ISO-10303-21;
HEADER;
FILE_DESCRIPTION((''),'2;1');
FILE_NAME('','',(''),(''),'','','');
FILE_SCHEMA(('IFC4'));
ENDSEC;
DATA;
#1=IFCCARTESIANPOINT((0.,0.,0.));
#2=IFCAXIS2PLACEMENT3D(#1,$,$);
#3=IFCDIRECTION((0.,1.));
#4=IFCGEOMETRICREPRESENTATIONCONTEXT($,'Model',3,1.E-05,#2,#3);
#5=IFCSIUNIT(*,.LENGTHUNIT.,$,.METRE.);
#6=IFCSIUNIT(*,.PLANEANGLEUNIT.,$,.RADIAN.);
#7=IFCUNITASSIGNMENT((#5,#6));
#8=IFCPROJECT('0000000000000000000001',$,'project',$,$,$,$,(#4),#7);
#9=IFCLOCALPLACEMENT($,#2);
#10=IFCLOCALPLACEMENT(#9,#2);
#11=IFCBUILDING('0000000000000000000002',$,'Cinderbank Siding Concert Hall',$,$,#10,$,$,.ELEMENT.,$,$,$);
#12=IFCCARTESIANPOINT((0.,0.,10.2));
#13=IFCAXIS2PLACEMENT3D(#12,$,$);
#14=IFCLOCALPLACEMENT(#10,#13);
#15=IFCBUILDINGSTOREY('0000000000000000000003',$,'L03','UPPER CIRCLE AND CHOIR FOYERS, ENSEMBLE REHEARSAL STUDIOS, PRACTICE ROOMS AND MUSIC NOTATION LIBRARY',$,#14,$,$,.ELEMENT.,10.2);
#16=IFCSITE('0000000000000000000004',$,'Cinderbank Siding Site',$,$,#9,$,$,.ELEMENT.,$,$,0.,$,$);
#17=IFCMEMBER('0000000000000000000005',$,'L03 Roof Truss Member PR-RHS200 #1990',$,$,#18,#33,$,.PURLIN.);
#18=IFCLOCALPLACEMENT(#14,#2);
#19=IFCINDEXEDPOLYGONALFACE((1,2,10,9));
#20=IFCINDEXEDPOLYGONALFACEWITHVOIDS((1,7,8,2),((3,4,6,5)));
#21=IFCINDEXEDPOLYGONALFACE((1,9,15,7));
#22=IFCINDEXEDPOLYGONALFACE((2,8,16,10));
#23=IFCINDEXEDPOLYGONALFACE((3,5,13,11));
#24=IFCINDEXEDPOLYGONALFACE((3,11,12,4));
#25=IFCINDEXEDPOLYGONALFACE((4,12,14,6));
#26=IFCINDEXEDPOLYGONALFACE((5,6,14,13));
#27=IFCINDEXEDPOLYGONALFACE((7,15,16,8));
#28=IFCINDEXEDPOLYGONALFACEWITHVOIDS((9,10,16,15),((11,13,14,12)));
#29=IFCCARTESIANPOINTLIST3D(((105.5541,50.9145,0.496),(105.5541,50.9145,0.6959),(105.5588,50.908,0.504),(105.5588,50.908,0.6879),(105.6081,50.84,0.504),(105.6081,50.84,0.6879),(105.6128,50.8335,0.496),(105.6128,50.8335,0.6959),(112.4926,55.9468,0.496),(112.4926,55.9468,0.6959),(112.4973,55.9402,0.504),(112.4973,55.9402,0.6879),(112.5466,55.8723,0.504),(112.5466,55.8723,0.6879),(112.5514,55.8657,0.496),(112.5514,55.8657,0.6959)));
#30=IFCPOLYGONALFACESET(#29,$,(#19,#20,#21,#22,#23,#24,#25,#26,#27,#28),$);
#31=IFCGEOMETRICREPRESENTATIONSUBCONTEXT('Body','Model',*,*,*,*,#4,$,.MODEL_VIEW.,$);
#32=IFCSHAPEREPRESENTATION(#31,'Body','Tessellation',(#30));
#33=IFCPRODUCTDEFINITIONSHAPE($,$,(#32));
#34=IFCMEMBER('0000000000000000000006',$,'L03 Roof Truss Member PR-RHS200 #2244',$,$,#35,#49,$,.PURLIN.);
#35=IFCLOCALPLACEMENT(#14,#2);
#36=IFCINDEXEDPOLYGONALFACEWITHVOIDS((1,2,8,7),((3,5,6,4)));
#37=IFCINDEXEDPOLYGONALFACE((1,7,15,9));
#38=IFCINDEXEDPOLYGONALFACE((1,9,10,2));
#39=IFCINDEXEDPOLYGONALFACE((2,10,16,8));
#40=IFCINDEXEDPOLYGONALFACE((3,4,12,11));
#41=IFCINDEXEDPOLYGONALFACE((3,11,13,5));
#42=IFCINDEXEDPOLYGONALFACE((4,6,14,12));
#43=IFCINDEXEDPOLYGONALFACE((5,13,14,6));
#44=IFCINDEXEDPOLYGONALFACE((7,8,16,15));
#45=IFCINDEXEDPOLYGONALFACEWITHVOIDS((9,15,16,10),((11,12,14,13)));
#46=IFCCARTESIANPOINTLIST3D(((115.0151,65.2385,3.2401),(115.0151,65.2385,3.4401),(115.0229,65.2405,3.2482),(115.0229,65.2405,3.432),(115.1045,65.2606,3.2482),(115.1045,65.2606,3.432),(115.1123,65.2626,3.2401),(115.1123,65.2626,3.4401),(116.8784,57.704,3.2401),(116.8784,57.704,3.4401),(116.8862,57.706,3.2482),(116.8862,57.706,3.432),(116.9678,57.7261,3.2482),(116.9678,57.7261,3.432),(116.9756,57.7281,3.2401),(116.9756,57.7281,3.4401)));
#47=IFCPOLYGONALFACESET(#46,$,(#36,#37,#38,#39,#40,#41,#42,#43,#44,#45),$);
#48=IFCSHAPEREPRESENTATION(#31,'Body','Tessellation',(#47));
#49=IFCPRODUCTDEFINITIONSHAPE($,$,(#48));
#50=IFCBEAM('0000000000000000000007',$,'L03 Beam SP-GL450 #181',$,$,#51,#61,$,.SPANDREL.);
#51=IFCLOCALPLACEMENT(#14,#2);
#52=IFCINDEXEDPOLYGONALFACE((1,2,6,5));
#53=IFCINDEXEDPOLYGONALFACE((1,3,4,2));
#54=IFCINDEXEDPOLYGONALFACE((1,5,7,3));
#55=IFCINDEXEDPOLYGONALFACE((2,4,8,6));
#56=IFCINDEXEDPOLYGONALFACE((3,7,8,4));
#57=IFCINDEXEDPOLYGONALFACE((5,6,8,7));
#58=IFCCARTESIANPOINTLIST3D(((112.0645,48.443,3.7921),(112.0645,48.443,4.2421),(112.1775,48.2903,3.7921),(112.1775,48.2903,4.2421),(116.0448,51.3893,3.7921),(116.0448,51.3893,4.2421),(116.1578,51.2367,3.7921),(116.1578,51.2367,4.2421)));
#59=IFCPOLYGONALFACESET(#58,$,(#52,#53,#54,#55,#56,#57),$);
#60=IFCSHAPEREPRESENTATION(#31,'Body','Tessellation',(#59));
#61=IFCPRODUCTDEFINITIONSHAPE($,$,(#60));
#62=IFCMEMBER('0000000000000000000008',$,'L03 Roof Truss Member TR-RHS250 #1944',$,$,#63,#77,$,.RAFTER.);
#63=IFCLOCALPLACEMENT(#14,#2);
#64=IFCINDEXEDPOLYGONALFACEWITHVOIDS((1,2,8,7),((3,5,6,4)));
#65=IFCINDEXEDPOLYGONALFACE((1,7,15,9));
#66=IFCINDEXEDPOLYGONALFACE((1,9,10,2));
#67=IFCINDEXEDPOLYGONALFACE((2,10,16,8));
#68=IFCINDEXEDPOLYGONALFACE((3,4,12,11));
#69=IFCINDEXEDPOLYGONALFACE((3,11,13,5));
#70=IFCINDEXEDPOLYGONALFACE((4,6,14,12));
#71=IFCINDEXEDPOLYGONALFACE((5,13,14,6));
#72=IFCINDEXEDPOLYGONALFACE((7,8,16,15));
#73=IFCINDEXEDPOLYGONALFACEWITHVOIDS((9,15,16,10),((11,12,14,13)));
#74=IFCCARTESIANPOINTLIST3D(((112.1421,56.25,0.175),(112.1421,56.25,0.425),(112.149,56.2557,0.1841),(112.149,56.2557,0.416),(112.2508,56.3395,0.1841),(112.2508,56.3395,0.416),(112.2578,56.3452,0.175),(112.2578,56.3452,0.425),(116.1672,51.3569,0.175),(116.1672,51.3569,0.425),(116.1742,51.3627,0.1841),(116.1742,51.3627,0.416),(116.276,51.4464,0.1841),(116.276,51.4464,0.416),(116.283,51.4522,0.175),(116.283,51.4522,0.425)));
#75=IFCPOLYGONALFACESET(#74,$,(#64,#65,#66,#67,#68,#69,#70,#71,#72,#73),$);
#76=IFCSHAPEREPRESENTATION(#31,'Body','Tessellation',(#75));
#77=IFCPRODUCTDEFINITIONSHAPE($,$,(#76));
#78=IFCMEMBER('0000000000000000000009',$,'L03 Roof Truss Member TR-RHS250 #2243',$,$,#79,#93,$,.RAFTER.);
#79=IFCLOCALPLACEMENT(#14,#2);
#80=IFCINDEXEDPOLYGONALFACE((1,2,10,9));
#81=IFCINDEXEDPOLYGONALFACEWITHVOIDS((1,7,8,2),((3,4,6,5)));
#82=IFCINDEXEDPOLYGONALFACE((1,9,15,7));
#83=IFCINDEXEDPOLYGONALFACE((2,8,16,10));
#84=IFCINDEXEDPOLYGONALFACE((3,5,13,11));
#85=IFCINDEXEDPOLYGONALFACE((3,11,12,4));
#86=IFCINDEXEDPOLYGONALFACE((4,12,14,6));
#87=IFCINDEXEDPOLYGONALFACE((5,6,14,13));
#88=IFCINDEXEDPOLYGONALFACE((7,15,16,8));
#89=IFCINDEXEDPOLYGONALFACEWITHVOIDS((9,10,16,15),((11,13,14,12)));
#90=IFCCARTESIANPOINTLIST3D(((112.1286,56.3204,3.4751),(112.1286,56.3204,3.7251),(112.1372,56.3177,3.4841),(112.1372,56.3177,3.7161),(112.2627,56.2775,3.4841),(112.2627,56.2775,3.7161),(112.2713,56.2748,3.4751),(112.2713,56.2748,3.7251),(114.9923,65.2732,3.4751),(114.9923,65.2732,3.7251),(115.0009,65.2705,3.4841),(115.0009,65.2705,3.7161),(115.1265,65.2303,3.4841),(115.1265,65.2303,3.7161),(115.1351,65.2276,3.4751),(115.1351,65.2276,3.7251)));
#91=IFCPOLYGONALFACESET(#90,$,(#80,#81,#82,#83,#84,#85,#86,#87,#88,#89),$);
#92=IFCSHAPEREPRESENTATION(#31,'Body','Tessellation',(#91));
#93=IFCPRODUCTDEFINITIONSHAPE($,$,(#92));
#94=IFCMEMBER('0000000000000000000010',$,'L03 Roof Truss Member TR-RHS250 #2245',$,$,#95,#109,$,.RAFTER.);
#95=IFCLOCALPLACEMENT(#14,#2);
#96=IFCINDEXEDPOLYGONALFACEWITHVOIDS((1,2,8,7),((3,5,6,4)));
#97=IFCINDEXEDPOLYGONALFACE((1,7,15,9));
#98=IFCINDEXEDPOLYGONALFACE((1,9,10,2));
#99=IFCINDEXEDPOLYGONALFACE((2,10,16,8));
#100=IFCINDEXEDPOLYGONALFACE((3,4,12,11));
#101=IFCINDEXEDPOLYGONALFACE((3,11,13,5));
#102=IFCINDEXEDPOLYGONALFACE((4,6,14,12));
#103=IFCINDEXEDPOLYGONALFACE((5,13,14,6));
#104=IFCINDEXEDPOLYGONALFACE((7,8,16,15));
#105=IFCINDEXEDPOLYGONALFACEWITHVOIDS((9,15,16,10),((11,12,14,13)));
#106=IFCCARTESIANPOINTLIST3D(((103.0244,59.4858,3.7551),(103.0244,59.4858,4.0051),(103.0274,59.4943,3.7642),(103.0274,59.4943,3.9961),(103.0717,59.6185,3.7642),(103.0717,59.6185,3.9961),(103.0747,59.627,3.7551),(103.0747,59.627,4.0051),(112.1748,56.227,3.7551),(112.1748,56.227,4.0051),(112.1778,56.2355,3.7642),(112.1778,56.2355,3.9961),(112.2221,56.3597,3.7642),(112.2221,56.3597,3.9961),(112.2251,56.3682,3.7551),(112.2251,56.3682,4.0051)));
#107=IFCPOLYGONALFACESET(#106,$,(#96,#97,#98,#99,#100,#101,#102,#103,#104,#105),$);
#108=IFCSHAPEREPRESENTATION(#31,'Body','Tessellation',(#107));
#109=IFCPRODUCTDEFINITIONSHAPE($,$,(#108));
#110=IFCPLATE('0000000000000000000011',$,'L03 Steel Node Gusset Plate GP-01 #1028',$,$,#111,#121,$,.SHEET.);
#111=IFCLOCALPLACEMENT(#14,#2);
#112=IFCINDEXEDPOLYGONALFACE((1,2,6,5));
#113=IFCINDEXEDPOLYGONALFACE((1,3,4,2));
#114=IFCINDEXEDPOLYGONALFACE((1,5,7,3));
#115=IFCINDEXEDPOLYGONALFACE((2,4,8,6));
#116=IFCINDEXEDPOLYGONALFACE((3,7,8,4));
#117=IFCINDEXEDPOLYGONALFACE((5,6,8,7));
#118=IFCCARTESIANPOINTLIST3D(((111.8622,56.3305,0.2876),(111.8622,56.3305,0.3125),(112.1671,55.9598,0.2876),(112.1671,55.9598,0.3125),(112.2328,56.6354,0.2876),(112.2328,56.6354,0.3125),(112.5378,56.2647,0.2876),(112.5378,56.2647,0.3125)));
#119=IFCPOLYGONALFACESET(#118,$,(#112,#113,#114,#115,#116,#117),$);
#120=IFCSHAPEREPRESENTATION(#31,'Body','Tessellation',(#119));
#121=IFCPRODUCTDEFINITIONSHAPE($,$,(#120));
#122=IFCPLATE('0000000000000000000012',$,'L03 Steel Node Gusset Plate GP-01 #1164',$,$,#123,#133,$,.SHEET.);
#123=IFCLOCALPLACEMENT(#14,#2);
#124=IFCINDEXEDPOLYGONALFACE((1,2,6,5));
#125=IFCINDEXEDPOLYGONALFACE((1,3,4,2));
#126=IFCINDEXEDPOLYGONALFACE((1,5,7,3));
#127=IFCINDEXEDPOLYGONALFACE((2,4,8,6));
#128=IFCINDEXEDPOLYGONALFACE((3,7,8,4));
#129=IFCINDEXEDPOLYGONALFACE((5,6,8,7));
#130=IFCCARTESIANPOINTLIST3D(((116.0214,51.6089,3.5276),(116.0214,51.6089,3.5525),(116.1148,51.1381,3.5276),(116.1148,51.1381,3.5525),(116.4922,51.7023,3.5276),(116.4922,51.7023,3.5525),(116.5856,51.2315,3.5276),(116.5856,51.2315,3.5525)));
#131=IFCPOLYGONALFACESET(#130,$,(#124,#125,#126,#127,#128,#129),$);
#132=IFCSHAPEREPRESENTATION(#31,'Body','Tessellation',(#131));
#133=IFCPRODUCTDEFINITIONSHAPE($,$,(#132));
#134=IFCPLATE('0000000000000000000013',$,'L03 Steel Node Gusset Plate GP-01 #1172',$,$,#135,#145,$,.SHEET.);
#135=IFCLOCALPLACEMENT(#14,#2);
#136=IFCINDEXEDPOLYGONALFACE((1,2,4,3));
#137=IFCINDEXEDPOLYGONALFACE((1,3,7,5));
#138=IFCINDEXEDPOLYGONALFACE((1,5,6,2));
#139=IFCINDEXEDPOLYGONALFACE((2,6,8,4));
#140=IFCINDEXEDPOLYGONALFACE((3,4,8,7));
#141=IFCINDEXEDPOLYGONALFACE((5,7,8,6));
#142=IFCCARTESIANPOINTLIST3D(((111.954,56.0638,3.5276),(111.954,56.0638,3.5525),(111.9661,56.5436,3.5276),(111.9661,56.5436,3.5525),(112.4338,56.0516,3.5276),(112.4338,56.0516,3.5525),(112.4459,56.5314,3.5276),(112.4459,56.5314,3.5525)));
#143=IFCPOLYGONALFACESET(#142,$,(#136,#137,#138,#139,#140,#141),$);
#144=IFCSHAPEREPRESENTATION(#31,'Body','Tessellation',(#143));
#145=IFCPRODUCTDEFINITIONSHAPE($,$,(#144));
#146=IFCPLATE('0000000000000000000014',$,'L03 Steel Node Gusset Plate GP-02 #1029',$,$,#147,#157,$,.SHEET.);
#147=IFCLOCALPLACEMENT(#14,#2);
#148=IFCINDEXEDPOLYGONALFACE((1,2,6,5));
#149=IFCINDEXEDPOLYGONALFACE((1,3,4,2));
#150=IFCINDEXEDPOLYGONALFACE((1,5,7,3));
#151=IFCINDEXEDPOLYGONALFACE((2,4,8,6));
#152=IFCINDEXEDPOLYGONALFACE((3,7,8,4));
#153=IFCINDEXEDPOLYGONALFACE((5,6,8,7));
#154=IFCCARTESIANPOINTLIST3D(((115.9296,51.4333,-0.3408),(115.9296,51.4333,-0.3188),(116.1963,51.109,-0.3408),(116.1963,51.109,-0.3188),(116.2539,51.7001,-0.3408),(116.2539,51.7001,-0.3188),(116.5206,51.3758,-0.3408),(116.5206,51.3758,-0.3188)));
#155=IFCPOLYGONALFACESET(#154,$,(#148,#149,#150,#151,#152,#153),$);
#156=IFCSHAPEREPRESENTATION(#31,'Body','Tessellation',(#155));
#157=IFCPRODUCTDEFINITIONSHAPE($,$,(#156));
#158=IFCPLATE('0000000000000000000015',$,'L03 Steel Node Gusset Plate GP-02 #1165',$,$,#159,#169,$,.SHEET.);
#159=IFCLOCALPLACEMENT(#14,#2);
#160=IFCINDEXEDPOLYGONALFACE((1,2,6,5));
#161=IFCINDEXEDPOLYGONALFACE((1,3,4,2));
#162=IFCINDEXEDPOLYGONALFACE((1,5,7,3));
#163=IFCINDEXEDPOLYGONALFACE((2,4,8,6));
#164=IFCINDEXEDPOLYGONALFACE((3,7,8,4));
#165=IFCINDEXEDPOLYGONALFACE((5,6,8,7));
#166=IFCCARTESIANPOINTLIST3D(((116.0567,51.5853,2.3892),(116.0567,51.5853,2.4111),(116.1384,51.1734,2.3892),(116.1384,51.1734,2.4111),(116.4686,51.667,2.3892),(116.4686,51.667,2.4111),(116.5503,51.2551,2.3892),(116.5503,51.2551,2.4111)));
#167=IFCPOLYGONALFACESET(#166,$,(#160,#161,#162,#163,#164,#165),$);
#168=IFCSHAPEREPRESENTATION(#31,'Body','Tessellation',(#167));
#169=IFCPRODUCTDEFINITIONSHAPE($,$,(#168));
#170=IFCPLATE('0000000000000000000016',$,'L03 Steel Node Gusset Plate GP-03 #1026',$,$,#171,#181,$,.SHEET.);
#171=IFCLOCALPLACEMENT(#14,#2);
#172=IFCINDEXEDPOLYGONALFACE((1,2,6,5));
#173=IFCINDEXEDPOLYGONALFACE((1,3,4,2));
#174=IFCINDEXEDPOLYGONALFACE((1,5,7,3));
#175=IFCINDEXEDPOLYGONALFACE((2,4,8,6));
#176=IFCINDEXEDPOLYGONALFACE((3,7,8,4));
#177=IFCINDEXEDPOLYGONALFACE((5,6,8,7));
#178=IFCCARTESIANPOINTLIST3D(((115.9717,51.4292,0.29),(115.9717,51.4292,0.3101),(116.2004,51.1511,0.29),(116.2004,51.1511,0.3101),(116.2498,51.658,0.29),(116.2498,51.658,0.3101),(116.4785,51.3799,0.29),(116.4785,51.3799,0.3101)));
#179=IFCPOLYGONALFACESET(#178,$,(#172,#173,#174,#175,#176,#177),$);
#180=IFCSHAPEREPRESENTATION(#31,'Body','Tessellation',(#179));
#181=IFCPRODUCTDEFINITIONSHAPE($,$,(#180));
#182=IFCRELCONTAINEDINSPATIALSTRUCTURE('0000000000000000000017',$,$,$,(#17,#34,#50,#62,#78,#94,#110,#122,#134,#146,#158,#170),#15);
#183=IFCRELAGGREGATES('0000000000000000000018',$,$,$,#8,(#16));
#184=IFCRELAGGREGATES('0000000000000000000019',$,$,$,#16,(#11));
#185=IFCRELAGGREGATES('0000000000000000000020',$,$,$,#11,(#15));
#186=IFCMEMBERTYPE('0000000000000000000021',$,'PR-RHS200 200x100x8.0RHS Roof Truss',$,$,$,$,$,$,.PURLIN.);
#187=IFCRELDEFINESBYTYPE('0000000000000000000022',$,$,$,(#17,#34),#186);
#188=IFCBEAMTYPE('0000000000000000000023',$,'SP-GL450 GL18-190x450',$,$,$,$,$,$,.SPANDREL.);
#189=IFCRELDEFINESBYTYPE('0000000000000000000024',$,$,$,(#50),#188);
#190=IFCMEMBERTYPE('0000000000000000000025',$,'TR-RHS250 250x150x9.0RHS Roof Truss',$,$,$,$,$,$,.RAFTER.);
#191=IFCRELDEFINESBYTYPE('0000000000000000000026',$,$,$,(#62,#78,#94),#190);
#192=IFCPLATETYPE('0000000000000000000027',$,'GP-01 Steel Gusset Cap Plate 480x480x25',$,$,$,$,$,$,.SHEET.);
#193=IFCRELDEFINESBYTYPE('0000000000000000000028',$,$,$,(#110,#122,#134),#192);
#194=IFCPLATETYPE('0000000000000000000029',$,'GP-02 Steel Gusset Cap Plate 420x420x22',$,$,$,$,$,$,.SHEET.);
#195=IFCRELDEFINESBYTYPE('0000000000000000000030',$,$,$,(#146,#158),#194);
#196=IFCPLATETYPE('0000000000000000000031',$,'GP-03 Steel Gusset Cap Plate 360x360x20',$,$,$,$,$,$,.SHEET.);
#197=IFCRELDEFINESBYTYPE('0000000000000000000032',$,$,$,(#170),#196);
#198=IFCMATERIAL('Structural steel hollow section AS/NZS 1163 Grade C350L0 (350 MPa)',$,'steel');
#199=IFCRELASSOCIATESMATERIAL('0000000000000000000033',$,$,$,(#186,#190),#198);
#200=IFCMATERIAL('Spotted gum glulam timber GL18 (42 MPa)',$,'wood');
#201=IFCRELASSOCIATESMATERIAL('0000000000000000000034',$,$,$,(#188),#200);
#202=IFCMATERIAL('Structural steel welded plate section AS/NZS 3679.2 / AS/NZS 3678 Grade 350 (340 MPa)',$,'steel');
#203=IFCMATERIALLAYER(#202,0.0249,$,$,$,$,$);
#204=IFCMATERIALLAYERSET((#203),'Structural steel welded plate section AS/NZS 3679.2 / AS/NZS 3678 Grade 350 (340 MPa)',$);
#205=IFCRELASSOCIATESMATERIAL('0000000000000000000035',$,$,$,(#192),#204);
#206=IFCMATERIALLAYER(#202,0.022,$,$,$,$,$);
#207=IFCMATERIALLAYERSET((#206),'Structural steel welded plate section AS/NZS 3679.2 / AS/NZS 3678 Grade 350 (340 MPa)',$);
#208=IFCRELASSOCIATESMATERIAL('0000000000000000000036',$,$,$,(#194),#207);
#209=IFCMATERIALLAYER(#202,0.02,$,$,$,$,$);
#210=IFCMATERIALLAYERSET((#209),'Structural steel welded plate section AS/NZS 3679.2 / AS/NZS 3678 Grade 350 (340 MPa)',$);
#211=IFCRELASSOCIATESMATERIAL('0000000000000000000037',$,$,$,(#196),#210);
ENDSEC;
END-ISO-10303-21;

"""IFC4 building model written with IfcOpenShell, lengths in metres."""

from ifc_helpers import new_model, si_unit, direction, frame, origin, origin_2d, place, context, subcontext, project, spatial, rectangle, hollow_rectangle, extrude, material, layer, layer_set, material_profile, profile_set, type_object, element, save


model = new_model("IFC4")

# Units and contexts
model_context = context("Model", 3, precision=1e-05, world=origin(), true_north=direction((0.0, 1.0)))
body_context = subcontext(model_context, "Body", "Model", "MODEL_VIEW")
ifc_project = project(units=[si_unit("LENGTHUNIT", "METRE"), si_unit("PLANEANGLEUNIT", "RADIAN")], contexts=[model_context])

# Site, building, storey
site_placement = place(None, origin())
site = spatial("IfcSite", under=ifc_project, at=site_placement, Name="Cinderbank Siding Site", CompositionType="ELEMENT", RefElevation=0.0)
building_placement = place(site_placement, origin())
building = spatial("IfcBuilding", under=site, at=building_placement, Name="Cinderbank Siding Concert Hall", CompositionType="ELEMENT")
storey_placement = place(building_placement, frame((0.0, 0.0, 10.2)))
storey = spatial("IfcBuildingStorey", under=building, at=storey_placement, Name="L03", Description="UPPER CIRCLE AND CHOIR FOYERS, ENSEMBLE REHEARSAL STUDIOS, PRACTICE ROOMS AND MUSIC NOTATION LIBRARY", CompositionType="ELEMENT", Elevation=10.2)

# Shared definitions
ifc_material_1 = material(Name="Structural steel hollow section AS/NZS 1163 Grade C350L0 (350 MPa)", Category="steel")

# Members
ifc_material_profile_1 = material_profile(ifc_material_1, hollow_rectangle(XDim=0.1001, YDim=0.2, WallThickness=0.0081, at=origin_2d()), Name="200x100x8.0RHS", Category="LoadBearing")
ifc_profile_set_1 = profile_set([ifc_material_profile_1], Name="Structural steel hollow section AS/NZS 1163 Grade C350L0 (350 MPa)")
member_type_1 = type_object("IfcMemberType", Name="PR-RHS200 200x100x8.0RHS Roof Truss", PredefinedType="PURLIN", material=ifc_profile_set_1)
member_1_placement = place(storey_placement, frame((112.522, 55.9062, 0.5959), z_axis=(-0.809509, -0.587108, 0.0), x_axis=(0.587108, -0.809509, 0.0)))
element("IfcMember", 1, at=member_1_placement, inside=storey, type_object=member_type_1, Name="L03 Roof Truss Member PR-RHS200 #1990", PredefinedType="PURLIN", context=body_context, shape_type="SweptSolid", body=[
    extrude(hollow_rectangle(XDim=0.1001, YDim=0.2, WallThickness=0.0081, at=origin_2d()), origin(), (0.0, 0.0, 1.0), 8.5713),
])
member_2_placement = place(storey_placement, frame((116.927, 57.7161, 3.3401), z_axis=(-0.24007, 0.970756, 0.0), x_axis=(-0.970756, -0.24007, 0.0)))
element("IfcMember", 2, at=member_2_placement, inside=storey, type_object=member_type_1, Name="L03 Roof Truss Member PR-RHS200 #2244", PredefinedType="PURLIN", context=body_context, shape_type="SweptSolid", body=[
    extrude(hollow_rectangle(XDim=0.1001, YDim=0.2, WallThickness=0.0081, at=origin_2d()), origin(), (0.0, 0.0, 1.0), 7.7615),
])

# Beam
ifc_material_2 = material(Name="Spotted gum glulam timber GL18 (42 MPa)", Category="wood")
ifc_material_profile_2 = material_profile(ifc_material_2, rectangle(XDim=0.1899, YDim=0.45, at=origin_2d()), Name="GL18-190x450", Category="LoadBearing")
ifc_profile_set_2 = profile_set([ifc_material_profile_2], Name="Spotted gum glulam timber GL18 (42 MPa)")
beam_type_1 = type_object("IfcBeamType", Name="SP-GL450 GL18-190x450", PredefinedType="SPANDREL", material=ifc_profile_set_2)
beam_1_placement = place(storey_placement, frame((116.1013, 51.313, 4.0171), z_axis=(-0.803753, -0.594963, 0.0), x_axis=(0.594963, -0.803753, 0.0)))
element("IfcBeam", 3, at=beam_1_placement, inside=storey, type_object=beam_type_1, Name="L03 Beam SP-GL450 #181", PredefinedType="SPANDREL", context=body_context, shape_type="SweptSolid", body=[
    extrude(rectangle(XDim=0.1899, YDim=0.45, at=origin_2d()), origin(), (0.0, 0.0, 1.0), 4.9521),
])

# Members
ifc_material_profile_3 = material_profile(ifc_material_1, hollow_rectangle(XDim=0.1499, YDim=0.25, WallThickness=0.009, at=origin_2d()), Name="250x150x9.0RHS", Category="LoadBearing")
ifc_profile_set_3 = profile_set([ifc_material_profile_3], Name="Structural steel hollow section AS/NZS 1163 Grade C350L0 (350 MPa)")
member_type_2 = type_object("IfcMemberType", Name="TR-RHS250 250x150x9.0RHS Roof Truss", PredefinedType="RAFTER", material=ifc_profile_set_3)
member_3_placement = place(storey_placement, frame((116.2251, 51.4045, 0.3), z_axis=(-0.63529, 0.772274, 0.0), x_axis=(-0.772274, -0.63529, 0.0)))
element("IfcMember", 4, at=member_3_placement, inside=storey, type_object=member_type_2, Name="L03 Roof Truss Member TR-RHS250 #1944", PredefinedType="RAFTER", context=body_context, shape_type="SweptSolid", body=[
    extrude(hollow_rectangle(XDim=0.1499, YDim=0.25, WallThickness=0.009, at=origin_2d()), origin(), (0.0, 0.0, 1.0), 6.3359),
])
member_4_placement = place(storey_placement, frame((112.2, 56.2976, 3.6001), z_axis=(0.304665, 0.95246, 0.0), x_axis=(-0.95246, 0.304665, 0.0)))
element("IfcMember", 5, at=member_4_placement, inside=storey, type_object=member_type_2, Name="L03 Roof Truss Member TR-RHS250 #2243", PredefinedType="RAFTER", context=body_context, shape_type="SweptSolid", body=[
    extrude(hollow_rectangle(XDim=0.1499, YDim=0.25, WallThickness=0.009, at=origin_2d()), origin(), (0.0, 0.0, 1.0), 9.3997),
])
member_5_placement = place(storey_placement, frame((112.2, 56.2976, 3.8801), z_axis=(-0.942042, 0.335496, 0.0), x_axis=(-0.335496, -0.942042, 0.0)))
element("IfcMember", 6, at=member_5_placement, inside=storey, type_object=member_type_2, Name="L03 Roof Truss Member TR-RHS250 #2245", PredefinedType="RAFTER", context=body_context, shape_type="SweptSolid", body=[
    extrude(hollow_rectangle(XDim=0.1499, YDim=0.25, WallThickness=0.009, at=origin_2d()), origin(), (0.0, 0.0, 1.0), 9.7134),
])

# Plates
ifc_material_3 = material(Name="Structural steel welded plate section AS/NZS 3679.2 / AS/NZS 3678 Grade 350 (340 MPa)", Category="steel")
ifc_layer_1 = layer(ifc_material_3, 0.0249)
ifc_layer_set_1 = layer_set([ifc_layer_1], Name="Structural steel welded plate section AS/NZS 3679.2 / AS/NZS 3678 Grade 350 (340 MPa)")
plate_type_1 = type_object("IfcPlateType", Name="GP-01 Steel Gusset Cap Plate 480x480x25", PredefinedType="SHEET", material=ifc_layer_set_1)
for number, where, z_axis, x_axis, name in (
    (7, (112.2, 56.2976, 0.2876), (0.0, 0.0, 1.0), (0.63527, -0.77229, 0.0), "L03 Steel Node Gusset Plate GP-01 #1028"),
    (8, (116.3035, 51.4202, 3.5276), (0.0, 0.0, 1.0), (-0.980887, -0.194577, 0.0), "L03 Steel Node Gusset Plate GP-01 #1164"),
    (9, (112.2, 56.2976, 3.5276), (0.0, 0.0, 1.0), (0.025305, 0.99968, 0.0), "L03 Steel Node Gusset Plate GP-01 #1172"),
):
    element("IfcPlate", number, at=place(storey_placement, frame(where, z_axis=z_axis, x_axis=x_axis)), inside=storey, type_object=plate_type_1, Name=name, PredefinedType="SHEET", context=body_context, shape_type="SweptSolid", body=[
        extrude(rectangle(XDim=0.48, YDim=0.48, at=origin_2d()), origin(), (0.0, 0.0, 1.0), 0.0249),
    ])
ifc_layer_2 = layer(ifc_material_3, 0.022)
ifc_layer_set_2 = layer_set([ifc_layer_2], Name="Structural steel welded plate section AS/NZS 3679.2 / AS/NZS 3678 Grade 350 (340 MPa)")
plate_type_2 = type_object("IfcPlateType", Name="GP-02 Steel Gusset Cap Plate 420x420x22", PredefinedType="SHEET", material=ifc_layer_set_2)
for number, where, z_axis, x_axis, name in (
    (10, (116.2251, 51.4045, -0.3408), (0.0, 0.0, 1.0), (0.63527, -0.77229, 0.0), "L03 Steel Node Gusset Plate GP-02 #1029"),
    (11, (116.3035, 51.4202, 2.3892), (0.0, 0.0, 1.0), (0.980887, 0.194577, 0.0), "L03 Steel Node Gusset Plate GP-02 #1165"),
):
    element("IfcPlate", number, at=place(storey_placement, frame(where, z_axis=z_axis, x_axis=x_axis)), inside=storey, type_object=plate_type_2, Name=name, PredefinedType="SHEET", context=body_context, shape_type="SweptSolid", body=[
        extrude(rectangle(XDim=0.4199, YDim=0.4199, at=origin_2d()), origin(), (0.0, 0.0, 1.0), 0.022),
    ])
ifc_layer_3 = layer(ifc_material_3, 0.02)
ifc_layer_set_3 = layer_set([ifc_layer_3], Name="Structural steel welded plate section AS/NZS 3679.2 / AS/NZS 3678 Grade 350 (340 MPa)")
plate_type_3 = type_object("IfcPlateType", Name="GP-03 Steel Gusset Cap Plate 360x360x20", PredefinedType="SHEET", material=ifc_layer_set_3)
plate_1_placement = place(storey_placement, frame((116.2251, 51.4045, 0.29), z_axis=(0.0, 0.0, 1.0), x_axis=(-0.63527, 0.77229, 0.0)))
element("IfcPlate", 12, at=plate_1_placement, inside=storey, type_object=plate_type_3, Name="L03 Steel Node Gusset Plate GP-03 #1026", PredefinedType="SHEET", context=body_context, shape_type="SweptSolid", body=[
    extrude(rectangle(XDim=0.3601, YDim=0.3601, at=origin_2d()), origin(), (0.0, 0.0, 1.0), 0.02),
])

save(model, "model.ifc")
